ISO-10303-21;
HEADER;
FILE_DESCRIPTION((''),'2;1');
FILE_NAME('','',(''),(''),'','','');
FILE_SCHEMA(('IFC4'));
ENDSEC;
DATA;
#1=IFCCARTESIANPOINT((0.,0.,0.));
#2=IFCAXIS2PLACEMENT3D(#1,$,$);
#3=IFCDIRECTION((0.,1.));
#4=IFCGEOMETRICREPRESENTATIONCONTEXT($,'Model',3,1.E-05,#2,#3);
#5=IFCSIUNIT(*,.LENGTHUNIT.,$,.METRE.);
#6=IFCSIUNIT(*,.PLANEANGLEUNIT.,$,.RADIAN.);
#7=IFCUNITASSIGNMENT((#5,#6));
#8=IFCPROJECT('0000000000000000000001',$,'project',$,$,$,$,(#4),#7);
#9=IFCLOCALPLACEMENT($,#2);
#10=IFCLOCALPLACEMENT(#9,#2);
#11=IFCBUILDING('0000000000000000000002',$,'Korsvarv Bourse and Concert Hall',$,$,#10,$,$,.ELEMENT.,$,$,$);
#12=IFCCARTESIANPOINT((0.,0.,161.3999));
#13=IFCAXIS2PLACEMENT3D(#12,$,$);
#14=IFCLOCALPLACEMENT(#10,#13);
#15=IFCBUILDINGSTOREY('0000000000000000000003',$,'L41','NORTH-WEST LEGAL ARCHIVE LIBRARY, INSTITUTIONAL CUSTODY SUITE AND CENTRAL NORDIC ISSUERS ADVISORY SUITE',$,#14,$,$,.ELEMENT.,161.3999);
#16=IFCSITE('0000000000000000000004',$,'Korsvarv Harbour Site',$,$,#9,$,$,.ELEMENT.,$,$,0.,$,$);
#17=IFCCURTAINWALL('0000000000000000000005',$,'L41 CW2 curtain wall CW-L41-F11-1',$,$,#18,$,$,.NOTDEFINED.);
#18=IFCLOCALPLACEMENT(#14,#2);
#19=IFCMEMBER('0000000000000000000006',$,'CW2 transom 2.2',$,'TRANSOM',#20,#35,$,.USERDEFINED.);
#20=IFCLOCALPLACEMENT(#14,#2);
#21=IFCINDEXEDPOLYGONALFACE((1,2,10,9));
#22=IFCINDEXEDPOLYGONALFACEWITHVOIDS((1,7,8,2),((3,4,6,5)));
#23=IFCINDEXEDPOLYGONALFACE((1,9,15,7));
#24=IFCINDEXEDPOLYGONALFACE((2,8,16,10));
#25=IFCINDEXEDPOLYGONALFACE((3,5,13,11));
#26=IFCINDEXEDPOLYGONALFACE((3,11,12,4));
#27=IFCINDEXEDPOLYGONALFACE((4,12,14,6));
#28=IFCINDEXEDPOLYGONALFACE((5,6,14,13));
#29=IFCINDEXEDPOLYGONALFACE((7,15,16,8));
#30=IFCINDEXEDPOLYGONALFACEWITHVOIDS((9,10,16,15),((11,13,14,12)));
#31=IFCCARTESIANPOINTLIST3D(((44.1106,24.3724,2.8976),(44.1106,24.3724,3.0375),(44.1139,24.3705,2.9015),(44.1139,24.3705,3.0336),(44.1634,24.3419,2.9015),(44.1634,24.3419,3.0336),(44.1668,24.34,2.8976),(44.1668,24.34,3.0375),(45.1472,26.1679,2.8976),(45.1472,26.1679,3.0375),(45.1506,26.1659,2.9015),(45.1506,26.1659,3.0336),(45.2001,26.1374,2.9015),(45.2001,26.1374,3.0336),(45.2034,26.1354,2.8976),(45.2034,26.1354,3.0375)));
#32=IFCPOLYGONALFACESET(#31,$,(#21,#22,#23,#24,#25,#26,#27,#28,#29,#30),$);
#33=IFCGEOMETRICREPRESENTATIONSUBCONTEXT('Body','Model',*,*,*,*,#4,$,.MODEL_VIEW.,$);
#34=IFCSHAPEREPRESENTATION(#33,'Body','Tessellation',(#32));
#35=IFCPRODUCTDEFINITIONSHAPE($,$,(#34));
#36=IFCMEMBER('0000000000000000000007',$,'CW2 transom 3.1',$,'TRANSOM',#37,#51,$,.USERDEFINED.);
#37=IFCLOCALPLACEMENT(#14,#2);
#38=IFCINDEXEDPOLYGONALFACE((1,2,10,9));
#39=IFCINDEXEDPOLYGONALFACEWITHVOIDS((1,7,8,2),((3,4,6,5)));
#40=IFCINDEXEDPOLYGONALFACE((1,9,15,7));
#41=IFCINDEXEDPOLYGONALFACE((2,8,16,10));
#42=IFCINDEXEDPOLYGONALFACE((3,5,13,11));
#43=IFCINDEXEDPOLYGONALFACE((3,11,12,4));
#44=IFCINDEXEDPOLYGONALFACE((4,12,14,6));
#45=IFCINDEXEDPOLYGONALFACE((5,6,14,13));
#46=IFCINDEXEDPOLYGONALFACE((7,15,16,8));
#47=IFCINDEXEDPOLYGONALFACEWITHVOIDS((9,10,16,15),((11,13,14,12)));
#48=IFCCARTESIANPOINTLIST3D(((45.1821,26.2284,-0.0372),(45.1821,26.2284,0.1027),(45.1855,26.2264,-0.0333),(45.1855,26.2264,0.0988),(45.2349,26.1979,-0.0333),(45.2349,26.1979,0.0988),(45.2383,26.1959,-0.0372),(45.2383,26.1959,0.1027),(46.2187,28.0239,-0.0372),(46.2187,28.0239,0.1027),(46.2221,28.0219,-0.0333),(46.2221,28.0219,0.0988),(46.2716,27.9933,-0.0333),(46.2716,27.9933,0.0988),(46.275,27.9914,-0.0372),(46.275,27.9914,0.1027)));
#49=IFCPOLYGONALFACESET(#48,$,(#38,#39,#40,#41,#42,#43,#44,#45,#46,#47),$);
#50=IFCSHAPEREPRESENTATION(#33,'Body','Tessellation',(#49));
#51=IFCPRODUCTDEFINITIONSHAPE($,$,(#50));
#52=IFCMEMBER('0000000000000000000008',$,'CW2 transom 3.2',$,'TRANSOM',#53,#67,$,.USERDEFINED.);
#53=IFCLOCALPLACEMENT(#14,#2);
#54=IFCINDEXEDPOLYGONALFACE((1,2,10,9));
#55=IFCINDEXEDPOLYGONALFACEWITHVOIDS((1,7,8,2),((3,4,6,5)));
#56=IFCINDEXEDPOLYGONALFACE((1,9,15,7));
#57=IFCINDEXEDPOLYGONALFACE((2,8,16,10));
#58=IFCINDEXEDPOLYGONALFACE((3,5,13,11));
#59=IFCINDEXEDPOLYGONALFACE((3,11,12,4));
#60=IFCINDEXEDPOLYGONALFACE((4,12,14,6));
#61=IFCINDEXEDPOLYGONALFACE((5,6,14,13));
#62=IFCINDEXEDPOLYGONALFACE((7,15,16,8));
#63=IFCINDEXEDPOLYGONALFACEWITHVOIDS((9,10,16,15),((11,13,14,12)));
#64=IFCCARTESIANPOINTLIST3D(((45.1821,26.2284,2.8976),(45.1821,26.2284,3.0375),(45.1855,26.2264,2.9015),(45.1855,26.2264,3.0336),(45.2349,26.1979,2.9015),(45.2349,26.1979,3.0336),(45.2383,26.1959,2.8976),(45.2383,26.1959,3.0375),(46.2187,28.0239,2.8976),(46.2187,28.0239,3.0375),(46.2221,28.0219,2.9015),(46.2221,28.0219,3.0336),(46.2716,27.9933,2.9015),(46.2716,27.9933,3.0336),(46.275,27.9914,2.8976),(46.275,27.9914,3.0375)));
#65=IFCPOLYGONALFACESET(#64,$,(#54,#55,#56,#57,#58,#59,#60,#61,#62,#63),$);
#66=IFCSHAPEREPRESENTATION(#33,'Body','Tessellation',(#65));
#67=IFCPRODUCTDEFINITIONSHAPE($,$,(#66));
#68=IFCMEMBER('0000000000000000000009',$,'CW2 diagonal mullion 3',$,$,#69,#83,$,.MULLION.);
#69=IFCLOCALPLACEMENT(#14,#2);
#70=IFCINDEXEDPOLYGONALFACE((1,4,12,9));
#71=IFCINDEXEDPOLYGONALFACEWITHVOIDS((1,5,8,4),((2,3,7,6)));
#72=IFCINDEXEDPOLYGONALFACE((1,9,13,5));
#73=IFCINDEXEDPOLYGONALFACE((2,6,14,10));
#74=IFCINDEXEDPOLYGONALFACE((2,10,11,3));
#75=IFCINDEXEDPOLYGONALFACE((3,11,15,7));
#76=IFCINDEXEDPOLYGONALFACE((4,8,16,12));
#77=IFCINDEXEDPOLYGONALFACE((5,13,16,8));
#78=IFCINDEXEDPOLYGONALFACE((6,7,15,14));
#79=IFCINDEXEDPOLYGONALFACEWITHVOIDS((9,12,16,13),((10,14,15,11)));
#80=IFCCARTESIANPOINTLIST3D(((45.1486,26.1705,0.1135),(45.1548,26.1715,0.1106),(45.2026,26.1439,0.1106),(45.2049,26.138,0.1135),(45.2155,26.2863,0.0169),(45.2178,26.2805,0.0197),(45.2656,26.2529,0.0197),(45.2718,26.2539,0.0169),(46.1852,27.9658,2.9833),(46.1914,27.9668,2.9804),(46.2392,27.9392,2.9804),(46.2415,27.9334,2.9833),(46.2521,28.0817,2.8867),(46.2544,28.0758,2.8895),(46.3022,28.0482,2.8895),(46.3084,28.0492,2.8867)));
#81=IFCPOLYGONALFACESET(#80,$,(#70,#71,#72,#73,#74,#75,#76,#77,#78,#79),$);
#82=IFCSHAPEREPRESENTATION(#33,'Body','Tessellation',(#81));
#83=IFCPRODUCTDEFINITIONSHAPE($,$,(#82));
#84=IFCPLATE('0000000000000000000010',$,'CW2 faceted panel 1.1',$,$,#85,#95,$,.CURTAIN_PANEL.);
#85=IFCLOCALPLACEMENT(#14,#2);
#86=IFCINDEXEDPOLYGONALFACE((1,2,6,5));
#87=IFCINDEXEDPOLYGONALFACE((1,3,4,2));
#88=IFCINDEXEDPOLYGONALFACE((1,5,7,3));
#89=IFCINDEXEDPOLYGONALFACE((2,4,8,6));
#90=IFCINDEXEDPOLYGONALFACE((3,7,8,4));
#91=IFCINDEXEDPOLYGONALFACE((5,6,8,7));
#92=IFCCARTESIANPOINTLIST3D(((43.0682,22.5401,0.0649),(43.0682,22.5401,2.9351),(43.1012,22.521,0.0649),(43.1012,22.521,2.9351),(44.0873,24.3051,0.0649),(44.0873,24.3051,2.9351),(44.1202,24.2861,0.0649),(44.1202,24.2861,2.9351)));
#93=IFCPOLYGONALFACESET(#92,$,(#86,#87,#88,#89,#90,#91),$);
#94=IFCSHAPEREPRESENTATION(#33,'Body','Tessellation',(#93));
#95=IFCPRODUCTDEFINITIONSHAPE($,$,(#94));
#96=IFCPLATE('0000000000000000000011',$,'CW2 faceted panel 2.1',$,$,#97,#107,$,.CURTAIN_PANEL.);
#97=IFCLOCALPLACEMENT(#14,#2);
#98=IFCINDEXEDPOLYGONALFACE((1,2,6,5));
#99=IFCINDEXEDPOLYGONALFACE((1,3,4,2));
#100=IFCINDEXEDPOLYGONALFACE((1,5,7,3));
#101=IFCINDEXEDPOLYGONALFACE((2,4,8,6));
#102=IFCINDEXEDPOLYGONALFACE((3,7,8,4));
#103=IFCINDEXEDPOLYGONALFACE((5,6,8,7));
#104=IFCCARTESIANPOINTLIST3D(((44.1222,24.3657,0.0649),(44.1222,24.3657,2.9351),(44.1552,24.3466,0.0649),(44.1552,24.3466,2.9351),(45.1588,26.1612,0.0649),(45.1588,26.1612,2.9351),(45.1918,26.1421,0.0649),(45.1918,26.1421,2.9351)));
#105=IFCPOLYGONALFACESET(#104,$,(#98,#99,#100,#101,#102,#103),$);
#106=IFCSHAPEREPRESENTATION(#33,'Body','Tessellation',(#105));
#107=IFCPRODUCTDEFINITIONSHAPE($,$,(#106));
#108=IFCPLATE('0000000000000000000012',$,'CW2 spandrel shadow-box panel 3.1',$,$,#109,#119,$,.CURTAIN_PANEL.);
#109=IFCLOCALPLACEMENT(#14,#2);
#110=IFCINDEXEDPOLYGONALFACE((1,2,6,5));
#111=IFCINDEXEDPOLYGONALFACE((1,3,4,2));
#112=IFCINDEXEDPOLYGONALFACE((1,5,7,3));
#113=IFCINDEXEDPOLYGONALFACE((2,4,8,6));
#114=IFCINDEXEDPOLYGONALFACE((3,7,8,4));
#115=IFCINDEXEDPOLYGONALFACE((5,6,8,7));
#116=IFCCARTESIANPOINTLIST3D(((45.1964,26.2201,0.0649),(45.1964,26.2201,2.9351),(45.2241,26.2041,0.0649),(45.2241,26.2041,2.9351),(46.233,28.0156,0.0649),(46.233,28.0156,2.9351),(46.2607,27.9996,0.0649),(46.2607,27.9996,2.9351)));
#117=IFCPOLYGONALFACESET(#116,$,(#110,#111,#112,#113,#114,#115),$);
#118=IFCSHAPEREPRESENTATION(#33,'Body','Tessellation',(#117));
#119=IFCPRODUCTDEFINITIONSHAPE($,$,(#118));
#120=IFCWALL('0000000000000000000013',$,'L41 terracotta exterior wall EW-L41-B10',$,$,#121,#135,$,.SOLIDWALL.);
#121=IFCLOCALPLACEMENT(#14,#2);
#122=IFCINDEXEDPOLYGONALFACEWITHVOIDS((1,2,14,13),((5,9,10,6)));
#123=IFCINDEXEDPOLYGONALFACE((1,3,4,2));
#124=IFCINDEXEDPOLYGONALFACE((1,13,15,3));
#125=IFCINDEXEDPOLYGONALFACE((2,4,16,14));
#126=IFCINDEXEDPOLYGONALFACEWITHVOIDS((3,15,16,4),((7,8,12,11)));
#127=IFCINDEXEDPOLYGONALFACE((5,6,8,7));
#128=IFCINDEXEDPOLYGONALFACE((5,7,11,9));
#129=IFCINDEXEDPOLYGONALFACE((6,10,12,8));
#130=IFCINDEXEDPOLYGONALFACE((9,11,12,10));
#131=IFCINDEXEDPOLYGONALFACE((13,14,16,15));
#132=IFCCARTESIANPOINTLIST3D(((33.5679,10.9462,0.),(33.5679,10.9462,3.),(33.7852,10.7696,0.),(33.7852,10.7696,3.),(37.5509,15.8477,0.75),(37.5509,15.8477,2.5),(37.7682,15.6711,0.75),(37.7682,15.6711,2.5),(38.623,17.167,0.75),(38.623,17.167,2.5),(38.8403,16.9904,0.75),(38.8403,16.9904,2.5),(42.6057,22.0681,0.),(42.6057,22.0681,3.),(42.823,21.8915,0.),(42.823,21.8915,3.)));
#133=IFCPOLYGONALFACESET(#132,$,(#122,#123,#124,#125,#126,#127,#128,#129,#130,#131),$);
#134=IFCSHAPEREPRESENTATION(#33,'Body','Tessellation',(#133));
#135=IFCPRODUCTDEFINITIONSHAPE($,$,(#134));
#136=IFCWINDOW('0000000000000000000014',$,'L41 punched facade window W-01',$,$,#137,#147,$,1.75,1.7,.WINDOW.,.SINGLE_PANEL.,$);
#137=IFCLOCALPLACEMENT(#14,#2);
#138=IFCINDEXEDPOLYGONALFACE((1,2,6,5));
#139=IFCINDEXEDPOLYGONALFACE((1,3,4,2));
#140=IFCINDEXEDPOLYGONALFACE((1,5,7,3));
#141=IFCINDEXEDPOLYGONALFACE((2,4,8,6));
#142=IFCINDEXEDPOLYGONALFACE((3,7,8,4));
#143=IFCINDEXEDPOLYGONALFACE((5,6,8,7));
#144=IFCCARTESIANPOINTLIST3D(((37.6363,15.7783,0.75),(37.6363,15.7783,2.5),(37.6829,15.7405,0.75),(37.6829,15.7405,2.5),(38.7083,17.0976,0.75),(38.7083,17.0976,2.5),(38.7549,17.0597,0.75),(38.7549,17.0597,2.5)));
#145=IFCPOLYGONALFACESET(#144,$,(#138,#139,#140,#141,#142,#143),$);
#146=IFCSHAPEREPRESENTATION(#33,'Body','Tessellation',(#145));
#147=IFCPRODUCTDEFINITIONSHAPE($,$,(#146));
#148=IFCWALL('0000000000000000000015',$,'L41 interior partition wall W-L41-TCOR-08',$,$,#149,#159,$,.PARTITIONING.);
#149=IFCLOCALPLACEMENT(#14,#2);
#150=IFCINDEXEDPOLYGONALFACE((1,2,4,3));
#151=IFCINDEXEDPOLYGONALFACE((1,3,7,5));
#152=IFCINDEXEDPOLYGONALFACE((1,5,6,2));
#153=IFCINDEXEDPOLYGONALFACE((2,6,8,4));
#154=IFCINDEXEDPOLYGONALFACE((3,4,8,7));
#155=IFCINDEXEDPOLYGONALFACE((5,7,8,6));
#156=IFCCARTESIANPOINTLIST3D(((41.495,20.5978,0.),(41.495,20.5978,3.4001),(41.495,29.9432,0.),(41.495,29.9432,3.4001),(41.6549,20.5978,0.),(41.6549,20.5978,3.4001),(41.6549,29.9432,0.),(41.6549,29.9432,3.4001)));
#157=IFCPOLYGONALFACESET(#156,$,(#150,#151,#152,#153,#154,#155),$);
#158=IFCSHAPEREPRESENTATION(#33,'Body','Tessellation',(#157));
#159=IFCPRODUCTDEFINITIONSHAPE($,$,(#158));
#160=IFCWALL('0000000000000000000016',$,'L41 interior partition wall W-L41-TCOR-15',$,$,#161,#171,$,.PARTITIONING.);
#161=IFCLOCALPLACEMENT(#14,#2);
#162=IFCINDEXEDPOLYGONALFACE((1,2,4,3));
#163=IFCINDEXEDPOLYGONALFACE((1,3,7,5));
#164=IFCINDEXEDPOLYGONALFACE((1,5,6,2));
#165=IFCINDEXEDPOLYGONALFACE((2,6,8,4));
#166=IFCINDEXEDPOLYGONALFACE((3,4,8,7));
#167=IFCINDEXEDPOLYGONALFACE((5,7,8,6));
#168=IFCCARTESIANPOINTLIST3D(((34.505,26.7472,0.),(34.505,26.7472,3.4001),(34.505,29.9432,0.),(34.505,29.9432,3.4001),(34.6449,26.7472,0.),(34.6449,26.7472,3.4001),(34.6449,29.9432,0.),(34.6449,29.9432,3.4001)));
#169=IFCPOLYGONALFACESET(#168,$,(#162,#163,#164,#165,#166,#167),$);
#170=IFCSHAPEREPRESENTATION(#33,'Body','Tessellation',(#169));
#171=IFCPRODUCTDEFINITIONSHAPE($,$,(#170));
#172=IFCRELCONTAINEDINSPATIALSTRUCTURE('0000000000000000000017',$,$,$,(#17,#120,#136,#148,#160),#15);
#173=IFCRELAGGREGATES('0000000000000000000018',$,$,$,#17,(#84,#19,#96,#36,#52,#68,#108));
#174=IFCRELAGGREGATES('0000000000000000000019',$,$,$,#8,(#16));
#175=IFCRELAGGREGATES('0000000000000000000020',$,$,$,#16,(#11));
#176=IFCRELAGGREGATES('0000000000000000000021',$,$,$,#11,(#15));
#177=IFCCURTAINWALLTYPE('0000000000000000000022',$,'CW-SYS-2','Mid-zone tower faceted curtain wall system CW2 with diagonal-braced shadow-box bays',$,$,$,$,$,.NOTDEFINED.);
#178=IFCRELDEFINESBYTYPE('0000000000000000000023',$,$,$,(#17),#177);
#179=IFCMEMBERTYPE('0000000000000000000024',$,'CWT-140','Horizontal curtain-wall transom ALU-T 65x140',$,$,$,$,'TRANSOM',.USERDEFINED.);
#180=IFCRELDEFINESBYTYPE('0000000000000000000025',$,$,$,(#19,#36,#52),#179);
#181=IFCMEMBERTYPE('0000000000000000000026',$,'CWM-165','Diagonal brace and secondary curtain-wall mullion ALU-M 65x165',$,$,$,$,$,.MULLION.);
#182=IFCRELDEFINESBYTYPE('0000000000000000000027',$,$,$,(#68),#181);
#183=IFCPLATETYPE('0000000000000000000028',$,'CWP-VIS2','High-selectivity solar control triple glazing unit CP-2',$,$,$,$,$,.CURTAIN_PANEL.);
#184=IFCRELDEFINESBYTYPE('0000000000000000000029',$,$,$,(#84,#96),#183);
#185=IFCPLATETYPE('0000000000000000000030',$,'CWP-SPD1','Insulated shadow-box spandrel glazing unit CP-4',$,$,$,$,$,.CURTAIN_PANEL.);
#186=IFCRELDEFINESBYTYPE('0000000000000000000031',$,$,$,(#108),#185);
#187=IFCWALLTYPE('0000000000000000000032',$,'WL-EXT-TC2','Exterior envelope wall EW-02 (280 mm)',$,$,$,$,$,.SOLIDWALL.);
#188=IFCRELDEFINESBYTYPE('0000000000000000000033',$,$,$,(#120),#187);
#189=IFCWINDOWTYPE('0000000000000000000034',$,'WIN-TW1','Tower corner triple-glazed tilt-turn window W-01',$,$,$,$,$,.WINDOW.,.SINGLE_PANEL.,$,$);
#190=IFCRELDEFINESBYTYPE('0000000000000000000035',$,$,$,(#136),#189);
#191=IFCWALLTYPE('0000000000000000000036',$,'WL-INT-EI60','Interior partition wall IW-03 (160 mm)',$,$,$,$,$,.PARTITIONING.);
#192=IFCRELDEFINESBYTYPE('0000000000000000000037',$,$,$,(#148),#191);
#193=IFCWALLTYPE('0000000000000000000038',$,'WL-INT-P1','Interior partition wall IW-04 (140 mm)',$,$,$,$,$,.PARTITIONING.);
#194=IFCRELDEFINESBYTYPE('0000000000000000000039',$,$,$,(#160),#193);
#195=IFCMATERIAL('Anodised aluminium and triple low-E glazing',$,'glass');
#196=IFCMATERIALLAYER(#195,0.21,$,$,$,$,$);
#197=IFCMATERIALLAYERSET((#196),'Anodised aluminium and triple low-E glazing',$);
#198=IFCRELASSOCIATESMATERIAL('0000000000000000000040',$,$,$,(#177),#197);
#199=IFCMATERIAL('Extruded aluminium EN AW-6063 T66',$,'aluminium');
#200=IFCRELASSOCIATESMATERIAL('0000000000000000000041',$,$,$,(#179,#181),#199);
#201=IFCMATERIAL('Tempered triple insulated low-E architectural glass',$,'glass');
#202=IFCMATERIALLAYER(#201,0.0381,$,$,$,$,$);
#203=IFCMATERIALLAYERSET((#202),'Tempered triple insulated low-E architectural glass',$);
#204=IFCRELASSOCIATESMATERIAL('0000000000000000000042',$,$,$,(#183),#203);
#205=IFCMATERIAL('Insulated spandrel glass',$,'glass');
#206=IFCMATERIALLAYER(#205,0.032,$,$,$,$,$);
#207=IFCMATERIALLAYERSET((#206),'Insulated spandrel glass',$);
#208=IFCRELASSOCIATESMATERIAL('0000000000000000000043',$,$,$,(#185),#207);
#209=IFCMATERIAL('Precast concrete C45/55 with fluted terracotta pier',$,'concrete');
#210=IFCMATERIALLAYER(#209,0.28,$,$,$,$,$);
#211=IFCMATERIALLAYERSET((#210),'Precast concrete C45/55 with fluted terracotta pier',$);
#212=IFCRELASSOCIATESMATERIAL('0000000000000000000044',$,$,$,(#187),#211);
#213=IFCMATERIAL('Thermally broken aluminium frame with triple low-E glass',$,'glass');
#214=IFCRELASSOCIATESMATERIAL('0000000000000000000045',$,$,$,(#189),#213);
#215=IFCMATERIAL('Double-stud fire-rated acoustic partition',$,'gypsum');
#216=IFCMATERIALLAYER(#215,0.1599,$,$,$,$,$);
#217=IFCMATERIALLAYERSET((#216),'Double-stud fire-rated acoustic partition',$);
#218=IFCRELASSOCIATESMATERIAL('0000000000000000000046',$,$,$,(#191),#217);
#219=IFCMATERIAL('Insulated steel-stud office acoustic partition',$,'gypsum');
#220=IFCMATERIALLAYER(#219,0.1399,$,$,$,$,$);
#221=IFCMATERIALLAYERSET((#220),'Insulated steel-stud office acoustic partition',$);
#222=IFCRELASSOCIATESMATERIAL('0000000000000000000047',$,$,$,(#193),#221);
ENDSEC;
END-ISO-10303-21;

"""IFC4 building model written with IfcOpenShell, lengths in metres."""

from ifc_helpers import new_model, si_unit, direction, frame, frame_2d, origin, origin_2d, place, context, subcontext, project, spatial, rectangle, hollow_rectangle, extrude, source, transform, mapped, material, layer, layer_set, material_profile, profile_set, type_object, element, fill, aggregate, save


model = new_model("IFC4")

# Units and contexts
model_context = context("Model", 3, precision=1e-05, world=origin(), true_north=direction((0.0, 1.0)))
body_context = subcontext(model_context, "Body", "Model", "MODEL_VIEW")
ifc_project = project(units=[si_unit("LENGTHUNIT", "METRE"), si_unit("PLANEANGLEUNIT", "RADIAN")], contexts=[model_context])

# Site, building, storey
site_placement = place(None, origin())
site = spatial("IfcSite", under=ifc_project, at=site_placement, Name="Korsvarv Harbour Site", CompositionType="ELEMENT", RefElevation=0.0)
building_placement = place(site_placement, origin())
building = spatial("IfcBuilding", under=site, at=building_placement, Name="Korsvarv Bourse and Concert Hall", CompositionType="ELEMENT")
storey_placement = place(building_placement, frame((0.0, 0.0, 161.3999)))
storey = spatial("IfcBuildingStorey", under=building, at=storey_placement, Name="L41", Description="NORTH-WEST LEGAL ARCHIVE LIBRARY, INSTITUTIONAL CUSTODY SUITE AND CENTRAL NORDIC ISSUERS ADVISORY SUITE", CompositionType="ELEMENT", Elevation=161.3999)

# Curtain wall, members, plates
ifc_material_1 = material(Name="Anodised aluminium and triple low-E glazing", Category="glass")
ifc_layer_1 = layer(ifc_material_1, 0.21)
ifc_layer_set_1 = layer_set([ifc_layer_1], Name="Anodised aluminium and triple low-E glazing")
curtain_wall_type = type_object("IfcCurtainWallType", Name="CW-SYS-2", Description="Mid-zone tower faceted curtain wall system CW2 with diagonal-braced shadow-box bays", PredefinedType="NOTDEFINED", material=ifc_layer_set_1)
curtain_wall_placement = place(storey_placement, origin())
curtain_wall = element("IfcCurtainWall", 1, at=curtain_wall_placement, inside=storey, type_object=curtain_wall_type, Name="L41 CW2 curtain wall CW-L41-F11-1", PredefinedType="NOTDEFINED")
ifc_material_2 = material(Name="Extruded aluminium EN AW-6063 T66", Category="aluminium")
ifc_material_profile_1 = material_profile(ifc_material_2, hollow_rectangle(XDim=0.0649, YDim=0.1399, WallThickness=0.0039, at=origin_2d()), Name="ALU-T 65x140")
ifc_profile_set_1 = profile_set([ifc_material_profile_1], Name="Extruded aluminium EN AW-6063 T66")
member_type_1 = type_object("IfcMemberType", Name="CWT-140", Description="Horizontal curtain-wall transom ALU-T 65x140", ElementType="TRANSOM", PredefinedType="USERDEFINED", material=ifc_profile_set_1)
shared_shape_1 = source(origin(), body_context, "Body", "SweptSolid", [
    extrude(hollow_rectangle(XDim=0.0649, YDim=0.1399, WallThickness=0.0039, at=origin_2d()), origin(), (0.0, 0.0, 1.0), 2.0732),
])
member_1_placement = place(storey_placement, frame((44.1387, 24.3562, 2.9675), z_axis=(0.500015, 0.866017, 0.0), x_axis=(-0.866017, 0.500015, 0.0)))
member_1 = element("IfcMember", 2, at=member_1_placement, type_object=member_type_1, Name="CW2 transom 2.2", ObjectType="TRANSOM", PredefinedType="USERDEFINED", context=body_context, shape_type="MappedRepresentation", body=[
    mapped(shared_shape_1, transform((0.0, 0.0, 0.0), scale=1.0)),
])
member_2_placement = place(storey_placement, frame((45.2102, 26.2122, 0.0327), z_axis=(0.500015, 0.866017, 0.0), x_axis=(-0.866017, 0.500015, 0.0)))
member_2 = element("IfcMember", 3, at=member_2_placement, type_object=member_type_1, Name="CW2 transom 3.1", ObjectType="TRANSOM", PredefinedType="USERDEFINED", context=body_context, shape_type="MappedRepresentation", body=[
    mapped(shared_shape_1, transform((0.0, 0.0, 0.0), scale=1.0)),
])
member_3_placement = place(storey_placement, frame((45.2102, 26.2122, 2.9675), z_axis=(0.500015, 0.866017, 0.0), x_axis=(-0.866017, 0.500015, 0.0)))
member_3 = element("IfcMember", 4, at=member_3_placement, type_object=member_type_1, Name="CW2 transom 3.2", ObjectType="TRANSOM", PredefinedType="USERDEFINED", context=body_context, shape_type="MappedRepresentation", body=[
    mapped(shared_shape_1, transform((0.0, 0.0, 0.0), scale=1.0)),
])
ifc_material_profile_2 = material_profile(ifc_material_2, hollow_rectangle(XDim=0.0649, YDim=0.165, WallThickness=0.0049, at=origin_2d()), Name="ALU-M 65x165")
ifc_profile_set_2 = profile_set([ifc_material_profile_2], Name="Extruded aluminium EN AW-6063 T66")
member_type_2 = type_object("IfcMemberType", Name="CWM-165", Description="Diagonal brace and secondary curtain-wall mullion ALU-M 65x165", PredefinedType="MULLION", material=ifc_profile_set_2)
shared_shape_2 = source(origin(), body_context, "Body", "SweptSolid", [
    extrude(hollow_rectangle(XDim=0.0649, YDim=0.165, WallThickness=0.0049, at=origin_2d()), origin(), (0.0, 0.0, 1.0), 3.5403),
])
member_4_placement = place(storey_placement, frame((45.2102, 26.2122, 0.0652), z_axis=(0.2928, 0.507124, 0.810613), x_axis=(-0.866017, 0.500015, 0.0)))
member_4 = element("IfcMember", 5, at=member_4_placement, type_object=member_type_2, Name="CW2 diagonal mullion 3", PredefinedType="MULLION", context=body_context, shape_type="MappedRepresentation", body=[
    mapped(shared_shape_2, transform((0.0, 0.0, 0.0), scale=1.0)),
])
ifc_material_3 = material(Name="Tempered triple insulated low-E architectural glass", Category="glass")
ifc_layer_2 = layer(ifc_material_3, 0.0381)
ifc_layer_set_2 = layer_set([ifc_layer_2], Name="Tempered triple insulated low-E architectural glass")
plate_type_1 = type_object("IfcPlateType", Name="CWP-VIS2", Description="High-selectivity solar control triple glazing unit CP-2", PredefinedType="CURTAIN_PANEL", material=ifc_layer_set_2)
shared_shape_3 = source(origin(), body_context, "Body", "SweptSolid", [
    extrude(rectangle(XDim=2.0381, YDim=0.0381, at=origin_2d()), origin(), (0.0, 0.0, 1.0), 2.8701),
])
plate_1_placement = place(storey_placement, frame((43.5942, 23.4131, 0.0649), z_axis=(0.0, 0.0, 1.0), x_axis=(0.499998, 0.866026, 0.0)))
plate_1 = element("IfcPlate", 6, at=plate_1_placement, type_object=plate_type_1, Name="CW2 faceted panel 1.1", PredefinedType="CURTAIN_PANEL", context=body_context, shape_type="MappedRepresentation", body=[
    mapped(shared_shape_3, transform((0.0, 0.0, 0.0), scale=1.0)),
])
shared_shape_4 = source(origin(), body_context, "Body", "SweptSolid", [
    extrude(rectangle(XDim=2.0732, YDim=0.0381, at=origin_2d()), origin(), (0.0, 0.0, 1.0), 2.8701),
])
plate_2_placement = place(storey_placement, frame((44.657, 25.2539, 0.0649), z_axis=(0.0, 0.0, 1.0), x_axis=(0.499998, 0.866026, 0.0)))
plate_2 = element("IfcPlate", 7, at=plate_2_placement, type_object=plate_type_1, Name="CW2 faceted panel 2.1", PredefinedType="CURTAIN_PANEL", context=body_context, shape_type="MappedRepresentation", body=[
    mapped(shared_shape_4, transform((0.0, 0.0, 0.0), scale=1.0)),
])
ifc_material_4 = material(Name="Insulated spandrel glass", Category="glass")
ifc_layer_3 = layer(ifc_material_4, 0.032)
ifc_layer_set_3 = layer_set([ifc_layer_3], Name="Insulated spandrel glass")
plate_type_2 = type_object("IfcPlateType", Name="CWP-SPD1", Description="Insulated shadow-box spandrel glazing unit CP-4", PredefinedType="CURTAIN_PANEL", material=ifc_layer_set_3)
shared_shape_5 = source(origin(), body_context, "Body", "SweptSolid", [
    extrude(rectangle(XDim=2.0732, YDim=0.032, at=origin_2d()), origin(), (0.0, 0.0, 1.0), 2.8701),
])
plate_3_placement = place(storey_placement, frame((45.7285, 27.1099, 0.0649), z_axis=(0.0, 0.0, 1.0), x_axis=(0.499998, 0.866026, 0.0)))
plate_3 = element("IfcPlate", 8, at=plate_3_placement, type_object=plate_type_2, Name="CW2 spandrel shadow-box panel 3.1", PredefinedType="CURTAIN_PANEL", context=body_context, shape_type="MappedRepresentation", body=[
    mapped(shared_shape_5, transform((0.0, 0.0, 0.0), scale=1.0)),
])
aggregate(curtain_wall, [plate_1, member_1, plate_2, member_2, member_3, member_4, plate_3])

# Wall, opening, window
ifc_material_5 = material(Name="Precast concrete C45/55 with fluted terracotta pier", Category="concrete")
ifc_layer_4 = layer(ifc_material_5, 0.28)
ifc_layer_set_4 = layer_set([ifc_layer_4], Name="Precast concrete C45/55 with fluted terracotta pier")
wall_type_1 = type_object("IfcWallType", Name="WL-EXT-TC2", Description="Exterior envelope wall EW-02 (280 mm)", PredefinedType="SOLIDWALL", material=ifc_layer_set_4)
wall_1_placement = place(storey_placement, frame((33.6765, 10.8579, 0.0), z_axis=(0.0, 0.0, 1.0), x_axis=(0.63065, 0.776068, 0.0)))
wall_1 = element("IfcWall", 9, at=wall_1_placement, inside=storey, type_object=wall_type_1, Name="L41 terracotta exterior wall EW-L41-B10", PredefinedType="SOLIDWALL", context=body_context, shape_type="SweptSolid", body=[
    extrude(rectangle(XDim=14.3311, YDim=0.28, at=frame_2d((7.1655, 0.0))), origin(), (0.0, 0.0, 1.0), 3.0),
])
opening_placement = place(wall_1_placement, frame((6.3157, 0.0, 0.75)))
opening = element("IfcOpeningElement", 10, at=opening_placement, cuts=wall_1, PredefinedType="OPENING", context=body_context, shape_type="SweptSolid", body=[
    extrude(rectangle(XDim=1.7, YDim=1.75, at=frame_2d((0.8501, 0.875))), frame((0.0, 0.1499, 0.0), z_axis=(0.0, -1.0, 0.0), x_axis=(1.0, 0.0, 0.0)), (0.0, 0.0, 1.0), 0.3),
])
ifc_material_6 = material(Name="Thermally broken aluminium frame with triple low-E glass", Category="glass")
window_type = type_object("IfcWindowType", Name="WIN-TW1", Description="Tower corner triple-glazed tilt-turn window W-01", PartitioningType="SINGLE_PANEL", PredefinedType="WINDOW", material=ifc_material_6)
window_placement = place(opening_placement, origin())
window = element("IfcWindow", 11, at=window_placement, inside=storey, type_object=window_type, Name="L41 punched facade window W-01", OverallHeight=1.75, OverallWidth=1.7, PartitioningType="SINGLE_PANEL", PredefinedType="WINDOW", context=body_context, shape_type="SweptSolid", body=[
    extrude(rectangle(XDim=1.7, YDim=1.75, at=frame_2d((0.8501, 0.875))), frame((0.0, 0.03, 0.0), z_axis=(0.0, -1.0, 0.0), x_axis=(1.0, 0.0, 0.0)), (0.0, 0.0, 1.0), 0.0601),
])
fill(opening, window)

# Walls
ifc_material_7 = material(Name="Double-stud fire-rated acoustic partition", Category="gypsum")
ifc_layer_5 = layer(ifc_material_7, 0.1599)
ifc_layer_set_5 = layer_set([ifc_layer_5], Name="Double-stud fire-rated acoustic partition")
wall_type_2 = type_object("IfcWallType", Name="WL-INT-EI60", Description="Interior partition wall IW-03 (160 mm)", PredefinedType="PARTITIONING", material=ifc_layer_set_5)
wall_2_placement = place(storey_placement, frame((41.575, 20.5977, 0.0), z_axis=(0.0, 0.0, 1.0), x_axis=(0.0, 1.0, 0.0)))
element("IfcWall", 12, at=wall_2_placement, inside=storey, type_object=wall_type_2, Name="L41 interior partition wall W-L41-TCOR-08", PredefinedType="PARTITIONING", context=body_context, shape_type="SweptSolid", body=[
    extrude(rectangle(XDim=9.3455, YDim=0.1599, at=frame_2d((4.6729, 0.0))), origin(), (0.0, 0.0, 1.0), 3.4001),
])
ifc_material_8 = material(Name="Insulated steel-stud office acoustic partition", Category="gypsum")
ifc_layer_6 = layer(ifc_material_8, 0.1399)
ifc_layer_set_6 = layer_set([ifc_layer_6], Name="Insulated steel-stud office acoustic partition")
wall_type_3 = type_object("IfcWallType", Name="WL-INT-P1", Description="Interior partition wall IW-04 (140 mm)", PredefinedType="PARTITIONING", material=ifc_layer_set_6)
wall_3_placement = place(storey_placement, frame((34.575, 26.7471, 0.0), z_axis=(0.0, 0.0, 1.0), x_axis=(0.0, 1.0, 0.0)))
element("IfcWall", 13, at=wall_3_placement, inside=storey, type_object=wall_type_3, Name="L41 interior partition wall W-L41-TCOR-15", PredefinedType="PARTITIONING", context=body_context, shape_type="SweptSolid", body=[
    extrude(rectangle(XDim=3.196, YDim=0.1399, at=frame_2d((1.5981, 0.0))), origin(), (0.0, 0.0, 1.0), 3.4001),
])

save(model, "model.ifc")
